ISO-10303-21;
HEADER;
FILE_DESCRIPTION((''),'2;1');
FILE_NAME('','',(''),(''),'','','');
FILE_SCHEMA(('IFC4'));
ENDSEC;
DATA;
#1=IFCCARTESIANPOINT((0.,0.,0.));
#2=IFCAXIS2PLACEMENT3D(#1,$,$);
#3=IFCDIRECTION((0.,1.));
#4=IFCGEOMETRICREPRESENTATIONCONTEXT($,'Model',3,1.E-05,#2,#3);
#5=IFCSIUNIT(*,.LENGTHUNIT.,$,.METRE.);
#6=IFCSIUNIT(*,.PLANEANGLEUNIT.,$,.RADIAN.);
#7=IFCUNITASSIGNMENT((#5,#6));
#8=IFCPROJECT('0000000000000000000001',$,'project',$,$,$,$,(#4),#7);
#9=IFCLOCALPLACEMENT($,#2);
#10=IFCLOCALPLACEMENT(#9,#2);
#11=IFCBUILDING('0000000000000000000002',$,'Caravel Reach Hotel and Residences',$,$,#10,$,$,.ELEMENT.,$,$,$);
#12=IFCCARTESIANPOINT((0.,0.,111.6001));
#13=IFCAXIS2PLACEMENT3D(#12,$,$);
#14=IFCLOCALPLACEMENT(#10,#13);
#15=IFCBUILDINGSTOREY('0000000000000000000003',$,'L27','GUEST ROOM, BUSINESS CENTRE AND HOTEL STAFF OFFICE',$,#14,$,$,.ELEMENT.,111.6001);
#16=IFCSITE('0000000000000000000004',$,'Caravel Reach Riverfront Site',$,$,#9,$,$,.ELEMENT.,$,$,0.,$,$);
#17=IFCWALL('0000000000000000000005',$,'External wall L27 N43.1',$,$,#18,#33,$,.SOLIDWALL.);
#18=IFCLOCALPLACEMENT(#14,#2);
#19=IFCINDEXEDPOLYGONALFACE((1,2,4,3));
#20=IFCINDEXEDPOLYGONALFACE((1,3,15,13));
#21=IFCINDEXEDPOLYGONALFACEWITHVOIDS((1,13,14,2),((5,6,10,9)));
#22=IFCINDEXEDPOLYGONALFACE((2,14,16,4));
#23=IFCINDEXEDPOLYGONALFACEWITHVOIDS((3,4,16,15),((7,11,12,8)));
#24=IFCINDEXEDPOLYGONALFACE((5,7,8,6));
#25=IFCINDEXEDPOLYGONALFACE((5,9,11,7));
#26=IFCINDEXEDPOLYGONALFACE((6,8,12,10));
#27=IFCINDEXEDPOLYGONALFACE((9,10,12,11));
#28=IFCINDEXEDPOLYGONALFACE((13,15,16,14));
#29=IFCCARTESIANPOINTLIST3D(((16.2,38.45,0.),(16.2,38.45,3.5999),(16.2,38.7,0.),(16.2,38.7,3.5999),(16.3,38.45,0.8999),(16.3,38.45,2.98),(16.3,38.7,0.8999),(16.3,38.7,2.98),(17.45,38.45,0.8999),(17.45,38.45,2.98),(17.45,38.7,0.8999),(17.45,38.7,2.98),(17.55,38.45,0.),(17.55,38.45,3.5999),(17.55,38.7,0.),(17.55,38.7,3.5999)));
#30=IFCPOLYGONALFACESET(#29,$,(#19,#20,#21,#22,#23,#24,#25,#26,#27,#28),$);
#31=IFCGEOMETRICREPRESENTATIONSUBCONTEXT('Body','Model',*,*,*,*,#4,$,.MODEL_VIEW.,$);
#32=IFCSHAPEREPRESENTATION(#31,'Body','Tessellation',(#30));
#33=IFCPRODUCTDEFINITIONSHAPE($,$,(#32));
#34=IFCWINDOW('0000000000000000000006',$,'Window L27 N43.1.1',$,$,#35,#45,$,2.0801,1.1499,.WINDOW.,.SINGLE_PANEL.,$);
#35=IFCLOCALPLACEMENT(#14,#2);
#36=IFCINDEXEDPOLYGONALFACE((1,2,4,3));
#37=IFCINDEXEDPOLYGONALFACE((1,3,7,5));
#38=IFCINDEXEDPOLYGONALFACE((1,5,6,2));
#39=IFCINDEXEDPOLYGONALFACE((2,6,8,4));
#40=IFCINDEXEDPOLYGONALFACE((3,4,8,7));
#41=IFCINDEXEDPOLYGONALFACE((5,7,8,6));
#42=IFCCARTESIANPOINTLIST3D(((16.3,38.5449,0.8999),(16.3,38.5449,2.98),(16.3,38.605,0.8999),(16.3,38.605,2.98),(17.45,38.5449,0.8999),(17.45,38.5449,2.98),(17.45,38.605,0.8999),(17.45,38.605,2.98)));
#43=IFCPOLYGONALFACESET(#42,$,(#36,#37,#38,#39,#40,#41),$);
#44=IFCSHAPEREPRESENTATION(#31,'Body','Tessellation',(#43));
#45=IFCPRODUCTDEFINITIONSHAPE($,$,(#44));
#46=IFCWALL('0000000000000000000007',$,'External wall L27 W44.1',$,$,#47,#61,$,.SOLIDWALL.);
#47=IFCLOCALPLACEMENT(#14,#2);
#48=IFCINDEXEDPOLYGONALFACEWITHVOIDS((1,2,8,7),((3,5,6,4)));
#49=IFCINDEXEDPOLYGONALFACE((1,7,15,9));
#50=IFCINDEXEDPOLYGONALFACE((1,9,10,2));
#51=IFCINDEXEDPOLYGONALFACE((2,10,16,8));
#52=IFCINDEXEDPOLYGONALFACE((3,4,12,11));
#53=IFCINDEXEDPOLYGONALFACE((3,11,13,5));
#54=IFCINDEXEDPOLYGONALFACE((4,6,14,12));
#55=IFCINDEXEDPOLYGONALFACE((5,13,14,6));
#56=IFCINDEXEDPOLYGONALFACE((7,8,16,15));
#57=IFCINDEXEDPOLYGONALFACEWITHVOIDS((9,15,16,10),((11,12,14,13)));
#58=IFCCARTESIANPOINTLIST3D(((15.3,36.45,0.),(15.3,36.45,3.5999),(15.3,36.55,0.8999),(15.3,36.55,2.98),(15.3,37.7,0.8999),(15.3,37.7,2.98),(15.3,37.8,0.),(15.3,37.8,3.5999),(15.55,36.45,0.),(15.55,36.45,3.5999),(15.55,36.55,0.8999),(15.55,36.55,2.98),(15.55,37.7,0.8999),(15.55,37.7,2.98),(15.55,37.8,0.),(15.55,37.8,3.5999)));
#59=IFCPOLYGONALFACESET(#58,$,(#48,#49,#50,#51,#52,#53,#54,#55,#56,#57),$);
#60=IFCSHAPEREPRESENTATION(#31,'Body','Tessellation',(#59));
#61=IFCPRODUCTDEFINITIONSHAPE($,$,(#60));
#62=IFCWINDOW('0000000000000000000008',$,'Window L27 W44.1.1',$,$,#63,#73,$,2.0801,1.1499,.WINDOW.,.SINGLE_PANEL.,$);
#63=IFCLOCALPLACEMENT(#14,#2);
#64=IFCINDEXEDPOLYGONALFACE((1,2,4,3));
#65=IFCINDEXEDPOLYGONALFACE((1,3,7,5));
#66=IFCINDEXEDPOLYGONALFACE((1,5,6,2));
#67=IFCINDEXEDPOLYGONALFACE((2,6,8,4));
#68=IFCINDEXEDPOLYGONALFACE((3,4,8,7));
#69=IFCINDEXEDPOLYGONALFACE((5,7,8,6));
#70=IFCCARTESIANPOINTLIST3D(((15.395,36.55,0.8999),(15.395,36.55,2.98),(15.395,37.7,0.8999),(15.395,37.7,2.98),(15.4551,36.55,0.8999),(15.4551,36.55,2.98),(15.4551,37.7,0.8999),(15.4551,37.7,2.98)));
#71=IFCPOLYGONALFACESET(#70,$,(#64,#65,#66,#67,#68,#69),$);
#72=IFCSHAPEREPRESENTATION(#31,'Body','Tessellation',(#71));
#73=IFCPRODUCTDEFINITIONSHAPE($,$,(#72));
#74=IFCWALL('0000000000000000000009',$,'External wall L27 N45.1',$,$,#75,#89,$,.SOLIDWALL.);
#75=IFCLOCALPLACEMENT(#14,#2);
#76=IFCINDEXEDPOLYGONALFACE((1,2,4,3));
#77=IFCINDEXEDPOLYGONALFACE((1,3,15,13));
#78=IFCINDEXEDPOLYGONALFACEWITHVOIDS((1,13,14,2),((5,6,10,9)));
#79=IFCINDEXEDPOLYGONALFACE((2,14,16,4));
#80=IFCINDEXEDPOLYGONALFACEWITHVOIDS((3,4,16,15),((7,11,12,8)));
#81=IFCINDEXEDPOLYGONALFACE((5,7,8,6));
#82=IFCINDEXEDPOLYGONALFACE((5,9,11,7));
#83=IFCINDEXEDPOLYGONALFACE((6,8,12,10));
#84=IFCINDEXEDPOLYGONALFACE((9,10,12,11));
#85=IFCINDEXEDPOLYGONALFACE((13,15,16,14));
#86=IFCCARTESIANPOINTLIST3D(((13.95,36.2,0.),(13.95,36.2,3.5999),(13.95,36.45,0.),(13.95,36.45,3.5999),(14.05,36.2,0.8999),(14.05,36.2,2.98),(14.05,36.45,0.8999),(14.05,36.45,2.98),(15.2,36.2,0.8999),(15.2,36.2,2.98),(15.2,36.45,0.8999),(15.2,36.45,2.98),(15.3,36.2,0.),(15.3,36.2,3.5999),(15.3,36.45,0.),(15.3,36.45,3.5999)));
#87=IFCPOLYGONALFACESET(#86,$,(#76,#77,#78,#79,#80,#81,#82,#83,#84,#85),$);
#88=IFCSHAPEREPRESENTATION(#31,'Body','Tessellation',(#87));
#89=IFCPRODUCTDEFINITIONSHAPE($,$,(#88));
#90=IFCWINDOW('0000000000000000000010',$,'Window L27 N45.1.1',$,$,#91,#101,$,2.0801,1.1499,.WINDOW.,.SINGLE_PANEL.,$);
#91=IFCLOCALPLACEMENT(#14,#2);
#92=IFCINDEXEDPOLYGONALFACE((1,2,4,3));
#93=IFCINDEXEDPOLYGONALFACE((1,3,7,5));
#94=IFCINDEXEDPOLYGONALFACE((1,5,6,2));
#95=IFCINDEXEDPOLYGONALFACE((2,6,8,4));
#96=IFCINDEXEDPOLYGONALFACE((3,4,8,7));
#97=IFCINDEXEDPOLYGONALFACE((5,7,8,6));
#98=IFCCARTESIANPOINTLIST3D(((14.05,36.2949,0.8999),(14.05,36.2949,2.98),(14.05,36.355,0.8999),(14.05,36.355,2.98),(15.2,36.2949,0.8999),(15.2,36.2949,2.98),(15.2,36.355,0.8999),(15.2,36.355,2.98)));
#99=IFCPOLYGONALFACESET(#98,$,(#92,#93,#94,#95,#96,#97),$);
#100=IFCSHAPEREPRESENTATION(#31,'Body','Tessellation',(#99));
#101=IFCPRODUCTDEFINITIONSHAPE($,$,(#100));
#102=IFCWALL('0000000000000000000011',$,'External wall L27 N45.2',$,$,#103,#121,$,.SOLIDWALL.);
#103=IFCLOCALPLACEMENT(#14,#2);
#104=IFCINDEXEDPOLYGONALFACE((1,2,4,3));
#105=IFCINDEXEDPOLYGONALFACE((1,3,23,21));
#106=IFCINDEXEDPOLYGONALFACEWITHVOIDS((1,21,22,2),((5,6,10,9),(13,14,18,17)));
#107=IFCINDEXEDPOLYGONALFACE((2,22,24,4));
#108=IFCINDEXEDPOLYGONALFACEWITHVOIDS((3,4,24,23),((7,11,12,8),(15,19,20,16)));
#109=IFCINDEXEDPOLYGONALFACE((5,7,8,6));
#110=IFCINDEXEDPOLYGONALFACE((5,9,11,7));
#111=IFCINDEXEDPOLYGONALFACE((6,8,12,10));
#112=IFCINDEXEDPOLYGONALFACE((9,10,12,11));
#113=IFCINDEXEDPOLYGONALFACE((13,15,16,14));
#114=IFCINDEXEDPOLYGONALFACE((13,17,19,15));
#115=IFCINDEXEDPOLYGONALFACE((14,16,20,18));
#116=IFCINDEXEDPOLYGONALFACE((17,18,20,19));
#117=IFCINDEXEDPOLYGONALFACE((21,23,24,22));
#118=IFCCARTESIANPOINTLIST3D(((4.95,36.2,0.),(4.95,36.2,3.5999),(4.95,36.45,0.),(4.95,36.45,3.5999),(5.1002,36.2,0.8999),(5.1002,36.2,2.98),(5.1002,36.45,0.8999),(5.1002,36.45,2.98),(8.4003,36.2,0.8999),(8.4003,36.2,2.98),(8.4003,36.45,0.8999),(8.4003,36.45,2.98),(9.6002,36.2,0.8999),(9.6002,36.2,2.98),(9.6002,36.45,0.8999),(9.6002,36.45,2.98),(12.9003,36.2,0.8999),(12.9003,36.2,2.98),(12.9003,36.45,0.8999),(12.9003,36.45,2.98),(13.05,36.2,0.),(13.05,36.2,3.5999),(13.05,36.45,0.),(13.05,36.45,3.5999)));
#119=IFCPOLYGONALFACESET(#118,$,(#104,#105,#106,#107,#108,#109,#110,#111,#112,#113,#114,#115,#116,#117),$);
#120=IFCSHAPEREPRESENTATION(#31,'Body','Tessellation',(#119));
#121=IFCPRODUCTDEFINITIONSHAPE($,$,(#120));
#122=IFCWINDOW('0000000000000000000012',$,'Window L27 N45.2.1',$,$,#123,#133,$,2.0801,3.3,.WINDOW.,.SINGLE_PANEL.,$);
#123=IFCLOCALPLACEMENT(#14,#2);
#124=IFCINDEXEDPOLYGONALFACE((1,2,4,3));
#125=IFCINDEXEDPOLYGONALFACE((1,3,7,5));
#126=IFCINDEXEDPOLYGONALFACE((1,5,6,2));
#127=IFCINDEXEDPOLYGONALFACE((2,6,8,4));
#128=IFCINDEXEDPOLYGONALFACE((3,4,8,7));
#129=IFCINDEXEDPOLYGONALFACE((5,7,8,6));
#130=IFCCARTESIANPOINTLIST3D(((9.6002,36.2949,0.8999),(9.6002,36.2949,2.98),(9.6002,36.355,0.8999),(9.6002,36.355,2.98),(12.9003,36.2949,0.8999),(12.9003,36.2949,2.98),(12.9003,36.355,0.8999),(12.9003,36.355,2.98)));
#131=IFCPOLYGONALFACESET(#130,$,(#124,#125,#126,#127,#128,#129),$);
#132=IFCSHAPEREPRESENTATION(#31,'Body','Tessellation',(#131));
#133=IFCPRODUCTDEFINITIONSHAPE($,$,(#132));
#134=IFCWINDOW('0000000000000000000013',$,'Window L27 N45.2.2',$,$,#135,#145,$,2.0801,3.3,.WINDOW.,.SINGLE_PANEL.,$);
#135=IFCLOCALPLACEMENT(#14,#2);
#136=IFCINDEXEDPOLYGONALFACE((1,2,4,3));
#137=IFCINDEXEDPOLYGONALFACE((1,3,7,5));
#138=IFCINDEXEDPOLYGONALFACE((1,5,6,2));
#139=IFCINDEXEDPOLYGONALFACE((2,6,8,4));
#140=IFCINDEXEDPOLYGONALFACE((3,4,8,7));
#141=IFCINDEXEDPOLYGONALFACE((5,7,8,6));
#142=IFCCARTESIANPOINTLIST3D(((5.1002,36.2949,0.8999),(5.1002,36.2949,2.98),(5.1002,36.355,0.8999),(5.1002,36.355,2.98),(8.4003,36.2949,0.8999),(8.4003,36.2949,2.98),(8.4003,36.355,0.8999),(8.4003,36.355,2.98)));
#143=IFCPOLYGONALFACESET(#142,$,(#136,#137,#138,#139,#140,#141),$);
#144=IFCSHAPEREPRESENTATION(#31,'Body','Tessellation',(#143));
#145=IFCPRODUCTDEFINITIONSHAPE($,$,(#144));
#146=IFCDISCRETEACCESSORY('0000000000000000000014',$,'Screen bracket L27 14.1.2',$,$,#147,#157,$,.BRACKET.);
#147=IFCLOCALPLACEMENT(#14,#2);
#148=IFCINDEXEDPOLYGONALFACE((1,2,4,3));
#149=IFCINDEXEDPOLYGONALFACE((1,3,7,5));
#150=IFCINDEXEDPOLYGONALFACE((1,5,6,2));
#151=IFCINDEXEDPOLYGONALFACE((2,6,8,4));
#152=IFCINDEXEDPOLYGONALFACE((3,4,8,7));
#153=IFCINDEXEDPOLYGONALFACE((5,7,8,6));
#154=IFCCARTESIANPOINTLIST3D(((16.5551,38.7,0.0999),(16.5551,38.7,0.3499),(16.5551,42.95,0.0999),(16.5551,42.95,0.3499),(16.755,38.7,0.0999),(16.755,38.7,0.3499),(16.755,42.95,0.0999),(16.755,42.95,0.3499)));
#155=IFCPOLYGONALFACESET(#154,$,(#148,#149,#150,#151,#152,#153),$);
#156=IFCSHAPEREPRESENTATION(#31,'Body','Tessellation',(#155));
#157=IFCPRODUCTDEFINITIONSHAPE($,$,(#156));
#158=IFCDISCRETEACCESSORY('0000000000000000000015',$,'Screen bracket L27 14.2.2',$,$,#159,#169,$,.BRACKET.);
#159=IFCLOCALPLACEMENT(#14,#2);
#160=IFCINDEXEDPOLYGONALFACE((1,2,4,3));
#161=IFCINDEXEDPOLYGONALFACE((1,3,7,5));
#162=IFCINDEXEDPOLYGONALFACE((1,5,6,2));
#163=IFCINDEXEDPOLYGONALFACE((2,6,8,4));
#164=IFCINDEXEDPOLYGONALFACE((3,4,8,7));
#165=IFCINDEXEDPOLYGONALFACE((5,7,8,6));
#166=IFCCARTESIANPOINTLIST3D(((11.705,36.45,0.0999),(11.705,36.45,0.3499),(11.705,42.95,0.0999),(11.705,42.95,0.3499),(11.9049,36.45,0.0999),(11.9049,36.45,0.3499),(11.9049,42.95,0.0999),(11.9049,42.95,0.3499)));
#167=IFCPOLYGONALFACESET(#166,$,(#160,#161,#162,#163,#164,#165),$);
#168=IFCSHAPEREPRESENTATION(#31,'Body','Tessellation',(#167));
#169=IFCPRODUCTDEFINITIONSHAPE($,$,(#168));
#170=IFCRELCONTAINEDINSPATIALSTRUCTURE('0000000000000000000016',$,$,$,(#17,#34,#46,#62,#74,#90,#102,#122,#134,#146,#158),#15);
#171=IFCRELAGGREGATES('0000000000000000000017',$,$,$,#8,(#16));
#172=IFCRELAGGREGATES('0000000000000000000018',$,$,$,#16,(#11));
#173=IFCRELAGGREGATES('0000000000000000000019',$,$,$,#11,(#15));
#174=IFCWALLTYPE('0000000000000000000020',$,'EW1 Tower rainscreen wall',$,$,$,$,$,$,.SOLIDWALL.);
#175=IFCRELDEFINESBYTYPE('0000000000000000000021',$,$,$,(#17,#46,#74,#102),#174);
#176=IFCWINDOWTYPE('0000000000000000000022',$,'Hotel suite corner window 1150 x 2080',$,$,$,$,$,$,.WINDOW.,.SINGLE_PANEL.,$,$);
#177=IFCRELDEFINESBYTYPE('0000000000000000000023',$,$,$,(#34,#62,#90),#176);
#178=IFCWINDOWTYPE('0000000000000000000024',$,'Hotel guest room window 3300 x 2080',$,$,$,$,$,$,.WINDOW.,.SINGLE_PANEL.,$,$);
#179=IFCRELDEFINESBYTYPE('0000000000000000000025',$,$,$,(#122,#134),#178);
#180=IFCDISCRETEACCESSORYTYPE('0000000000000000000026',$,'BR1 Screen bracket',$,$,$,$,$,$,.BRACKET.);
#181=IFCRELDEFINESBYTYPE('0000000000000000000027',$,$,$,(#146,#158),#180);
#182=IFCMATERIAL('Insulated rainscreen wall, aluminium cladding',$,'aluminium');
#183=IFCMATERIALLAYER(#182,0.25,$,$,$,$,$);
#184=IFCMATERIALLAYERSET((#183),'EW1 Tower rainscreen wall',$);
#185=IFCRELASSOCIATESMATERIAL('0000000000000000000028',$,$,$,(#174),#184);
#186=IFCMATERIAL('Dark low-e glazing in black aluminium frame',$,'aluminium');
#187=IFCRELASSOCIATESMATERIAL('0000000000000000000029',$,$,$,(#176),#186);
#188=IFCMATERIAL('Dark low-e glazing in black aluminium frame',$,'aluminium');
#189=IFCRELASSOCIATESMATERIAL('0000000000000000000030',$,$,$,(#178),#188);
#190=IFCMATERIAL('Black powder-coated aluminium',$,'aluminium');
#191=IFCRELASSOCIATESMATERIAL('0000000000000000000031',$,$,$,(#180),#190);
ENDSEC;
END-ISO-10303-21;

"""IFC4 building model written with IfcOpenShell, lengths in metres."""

from ifc_helpers import new_model, si_unit, direction, frame, frame_2d, origin, origin_2d, place, context, subcontext, project, spatial, rectangle, extrude, material, layer, layer_set, type_object, element, fill, save


model = new_model("IFC4")

# Units and contexts
model_context = context("Model", 3, precision=1e-05, world=origin(), true_north=direction((0.0, 1.0)))
body_context = subcontext(model_context, "Body", "Model", "MODEL_VIEW")
ifc_project = project(units=[si_unit("LENGTHUNIT", "METRE"), si_unit("PLANEANGLEUNIT", "RADIAN")], contexts=[model_context])

# Site, building, storey
site_placement = place(None, origin())
site = spatial("IfcSite", under=ifc_project, at=site_placement, Name="Caravel Reach Riverfront Site", CompositionType="ELEMENT", RefElevation=0.0)
building_placement = place(site_placement, origin())
building = spatial("IfcBuilding", under=site, at=building_placement, Name="Caravel Reach Hotel and Residences", CompositionType="ELEMENT")
storey_placement = place(building_placement, frame((0.0, 0.0, 111.6001)))
storey = spatial("IfcBuildingStorey", under=building, at=storey_placement, Name="L27", Description="GUEST ROOM, BUSINESS CENTRE AND HOTEL STAFF OFFICE", CompositionType="ELEMENT", Elevation=111.6001)

# Walls, openings, windows
ifc_material_1 = material(Name="Insulated rainscreen wall, aluminium cladding", Category="aluminium")
ifc_layer = layer(ifc_material_1, 0.25)
ifc_layer_set = layer_set([ifc_layer], Name="EW1 Tower rainscreen wall")
wall_type = type_object("IfcWallType", Name="EW1 Tower rainscreen wall", PredefinedType="SOLIDWALL", material=ifc_layer_set)
ifc_material_2 = material(Name="Dark low-e glazing in black aluminium frame", Category="aluminium")
window_type_1 = type_object("IfcWindowType", Name="Hotel suite corner window 1150 x 2080", PartitioningType="SINGLE_PANEL", PredefinedType="WINDOW", material=ifc_material_2)
wall_1_placement = place(storey_placement, frame((17.55, 38.575, 0.0), z_axis=(0.0, 0.0, 1.0), x_axis=(-1.0, 0.0, 0.0)))
wall_1 = element("IfcWall", 1, at=wall_1_placement, inside=storey, type_object=wall_type, Name="External wall L27 N43.1", PredefinedType="SOLIDWALL", context=body_context, shape_type="SweptSolid", body=[
    extrude(rectangle(XDim=1.3501, YDim=0.25, at=frame_2d((0.675, 0.0))), origin(), (0.0, 0.0, 1.0), 3.5999),
])
opening_1_placement = place(wall_1_placement, frame((0.1001, 0.0, 0.8999)))
opening_1 = element("IfcOpeningElement", 2, at=opening_1_placement, cuts=wall_1, PredefinedType="OPENING", context=body_context, shape_type="SweptSolid", body=[
    extrude(rectangle(XDim=1.1499, YDim=2.0801, at=frame_2d((0.575, 1.04))), frame((0.0, 0.135, 0.0), z_axis=(0.0, -1.0, 0.0), x_axis=(1.0, 0.0, 0.0)), (0.0, 0.0, 1.0), 0.27),
])
window_1_placement = place(opening_1_placement, origin())
window_1 = element("IfcWindow", 3, at=window_1_placement, inside=storey, type_object=window_type_1, Name="Window L27 N43.1.1", OverallHeight=2.0801, OverallWidth=1.1499, PartitioningType="SINGLE_PANEL", PredefinedType="WINDOW", context=body_context, shape_type="SweptSolid", body=[
    extrude(rectangle(XDim=1.1499, YDim=2.0801, at=frame_2d((0.575, 1.04))), frame((0.0, 0.03, 0.0), z_axis=(0.0, -1.0, 0.0), x_axis=(1.0, 0.0, 0.0)), (0.0, 0.0, 1.0), 0.0601),
])
fill(opening_1, window_1)
wall_2_placement = place(storey_placement, frame((15.425, 37.8, 0.0), z_axis=(0.0, 0.0, 1.0), x_axis=(0.0, -1.0, 0.0)))
wall_2 = element("IfcWall", 4, at=wall_2_placement, inside=storey, type_object=wall_type, Name="External wall L27 W44.1", PredefinedType="SOLIDWALL", context=body_context, shape_type="SweptSolid", body=[
    extrude(rectangle(XDim=1.3501, YDim=0.25, at=frame_2d((0.675, 0.0))), origin(), (0.0, 0.0, 1.0), 3.5999),
])
opening_2_placement = place(wall_2_placement, frame((0.1001, 0.0, 0.8999)))
opening_2 = element("IfcOpeningElement", 5, at=opening_2_placement, cuts=wall_2, PredefinedType="OPENING", context=body_context, shape_type="SweptSolid", body=[
    extrude(rectangle(XDim=1.1499, YDim=2.0801, at=frame_2d((0.575, 1.04))), frame((0.0, 0.135, 0.0), z_axis=(0.0, -1.0, 0.0), x_axis=(1.0, 0.0, 0.0)), (0.0, 0.0, 1.0), 0.27),
])
window_2_placement = place(opening_2_placement, origin())
window_2 = element("IfcWindow", 6, at=window_2_placement, inside=storey, type_object=window_type_1, Name="Window L27 W44.1.1", OverallHeight=2.0801, OverallWidth=1.1499, PartitioningType="SINGLE_PANEL", PredefinedType="WINDOW", context=body_context, shape_type="SweptSolid", body=[
    extrude(rectangle(XDim=1.1499, YDim=2.0801, at=frame_2d((0.575, 1.04))), frame((0.0, 0.03, 0.0), z_axis=(0.0, -1.0, 0.0), x_axis=(1.0, 0.0, 0.0)), (0.0, 0.0, 1.0), 0.0601),
])
fill(opening_2, window_2)
wall_3_placement = place(storey_placement, frame((15.3, 36.325, 0.0), z_axis=(0.0, 0.0, 1.0), x_axis=(-1.0, 0.0, 0.0)))
wall_3 = element("IfcWall", 7, at=wall_3_placement, inside=storey, type_object=wall_type, Name="External wall L27 N45.1", PredefinedType="SOLIDWALL", context=body_context, shape_type="SweptSolid", body=[
    extrude(rectangle(XDim=1.3501, YDim=0.25, at=frame_2d((0.675, 0.0))), origin(), (0.0, 0.0, 1.0), 3.5999),
])
opening_3_placement = place(wall_3_placement, frame((0.1001, 0.0, 0.8999)))
opening_3 = element("IfcOpeningElement", 8, at=opening_3_placement, cuts=wall_3, PredefinedType="OPENING", context=body_context, shape_type="SweptSolid", body=[
    extrude(rectangle(XDim=1.1499, YDim=2.0801, at=frame_2d((0.575, 1.04))), frame((0.0, 0.135, 0.0), z_axis=(0.0, -1.0, 0.0), x_axis=(1.0, 0.0, 0.0)), (0.0, 0.0, 1.0), 0.27),
])
window_3_placement = place(opening_3_placement, origin())
window_3 = element("IfcWindow", 9, at=window_3_placement, inside=storey, type_object=window_type_1, Name="Window L27 N45.1.1", OverallHeight=2.0801, OverallWidth=1.1499, PartitioningType="SINGLE_PANEL", PredefinedType="WINDOW", context=body_context, shape_type="SweptSolid", body=[
    extrude(rectangle(XDim=1.1499, YDim=2.0801, at=frame_2d((0.575, 1.04))), frame((0.0, 0.03, 0.0), z_axis=(0.0, -1.0, 0.0), x_axis=(1.0, 0.0, 0.0)), (0.0, 0.0, 1.0), 0.0601),
])
fill(opening_3, window_3)

# Wall, openings, windows
wall_4_placement = place(storey_placement, frame((13.05, 36.325, 0.0), z_axis=(0.0, 0.0, 1.0), x_axis=(-1.0, 0.0, 0.0)))
wall_4 = element("IfcWall", 10, at=wall_4_placement, inside=storey, type_object=wall_type, Name="External wall L27 N45.2", PredefinedType="SOLIDWALL", context=body_context, shape_type="SweptSolid", body=[
    extrude(rectangle(XDim=8.1001, YDim=0.25, at=frame_2d((4.05, 0.0))), origin(), (0.0, 0.0, 1.0), 3.5999),
])
opening_4_placement = place(wall_4_placement, frame((0.1499, 0.0, 0.8999)))
opening_4 = element("IfcOpeningElement", 11, at=opening_4_placement, cuts=wall_4, PredefinedType="OPENING", context=body_context, shape_type="SweptSolid", body=[
    extrude(rectangle(XDim=3.3, YDim=2.0801, at=frame_2d((1.6499, 1.04))), frame((0.0, 0.135, 0.0), z_axis=(0.0, -1.0, 0.0), x_axis=(1.0, 0.0, 0.0)), (0.0, 0.0, 1.0), 0.27),
])
opening_5_placement = place(wall_4_placement, frame((4.6499, 0.0, 0.8999)))
opening_5 = element("IfcOpeningElement", 12, at=opening_5_placement, cuts=wall_4, PredefinedType="OPENING", context=body_context, shape_type="SweptSolid", body=[
    extrude(rectangle(XDim=3.3, YDim=2.0801, at=frame_2d((1.6499, 1.04))), frame((0.0, 0.135, 0.0), z_axis=(0.0, -1.0, 0.0), x_axis=(1.0, 0.0, 0.0)), (0.0, 0.0, 1.0), 0.27),
])
ifc_material_3 = material(Name="Dark low-e glazing in black aluminium frame", Category="aluminium")
window_type_2 = type_object("IfcWindowType", Name="Hotel guest room window 3300 x 2080", PartitioningType="SINGLE_PANEL", PredefinedType="WINDOW", material=ifc_material_3)
window_4_placement = place(opening_4_placement, origin())
window_4 = element("IfcWindow", 13, at=window_4_placement, inside=storey, type_object=window_type_2, Name="Window L27 N45.2.1", OverallHeight=2.0801, OverallWidth=3.3, PartitioningType="SINGLE_PANEL", PredefinedType="WINDOW", context=body_context, shape_type="SweptSolid", body=[
    extrude(rectangle(XDim=3.3, YDim=2.0801, at=frame_2d((1.6499, 1.04))), frame((0.0, 0.03, 0.0), z_axis=(0.0, -1.0, 0.0), x_axis=(1.0, 0.0, 0.0)), (0.0, 0.0, 1.0), 0.0601),
])
fill(opening_4, window_4)
window_5_placement = place(opening_5_placement, origin())
window_5 = element("IfcWindow", 14, at=window_5_placement, inside=storey, type_object=window_type_2, Name="Window L27 N45.2.2", OverallHeight=2.0801, OverallWidth=3.3, PartitioningType="SINGLE_PANEL", PredefinedType="WINDOW", context=body_context, shape_type="SweptSolid", body=[
    extrude(rectangle(XDim=3.3, YDim=2.0801, at=frame_2d((1.6499, 1.04))), frame((0.0, 0.03, 0.0), z_axis=(0.0, -1.0, 0.0), x_axis=(1.0, 0.0, 0.0)), (0.0, 0.0, 1.0), 0.0601),
])
fill(opening_5, window_5)

# Discrete accessories
ifc_material_4 = material(Name="Black powder-coated aluminium", Category="aluminium")
discrete_accessory_type = type_object("IfcDiscreteAccessoryType", Name="BR1 Screen bracket", PredefinedType="BRACKET", material=ifc_material_4)
discrete_accessory_placement = place(storey_placement, frame((16.655, 40.825, 0.0999), z_axis=(0.0, 0.0, 1.0), x_axis=(0.0, 1.0, 0.0)))
element("IfcDiscreteAccessory", 15, at=discrete_accessory_placement, inside=storey, type_object=discrete_accessory_type, Name="Screen bracket L27 14.1.2", PredefinedType="BRACKET", context=body_context, shape_type="SweptSolid", body=[
    extrude(rectangle(XDim=4.25, YDim=0.2, at=origin_2d()), origin(), (0.0, 0.0, 1.0), 0.25),
])
for number, where, z_axis, x_axis, name in (
    (16, (11.8049, 39.7, 0.0999), (0.0, 0.0, 1.0), (0.0, 1.0, 0.0), "Screen bracket L27 14.2.2"),
):
    element("IfcDiscreteAccessory", number, at=place(storey_placement, frame(where, z_axis=z_axis, x_axis=x_axis)), inside=storey, type_object=discrete_accessory_type, Name=name, PredefinedType="BRACKET", context=body_context, shape_type="SweptSolid", body=[
        extrude(rectangle(XDim=6.5, YDim=0.2, at=origin_2d()), origin(), (0.0, 0.0, 1.0), 0.25),
    ])

save(model, "model.ifc")
